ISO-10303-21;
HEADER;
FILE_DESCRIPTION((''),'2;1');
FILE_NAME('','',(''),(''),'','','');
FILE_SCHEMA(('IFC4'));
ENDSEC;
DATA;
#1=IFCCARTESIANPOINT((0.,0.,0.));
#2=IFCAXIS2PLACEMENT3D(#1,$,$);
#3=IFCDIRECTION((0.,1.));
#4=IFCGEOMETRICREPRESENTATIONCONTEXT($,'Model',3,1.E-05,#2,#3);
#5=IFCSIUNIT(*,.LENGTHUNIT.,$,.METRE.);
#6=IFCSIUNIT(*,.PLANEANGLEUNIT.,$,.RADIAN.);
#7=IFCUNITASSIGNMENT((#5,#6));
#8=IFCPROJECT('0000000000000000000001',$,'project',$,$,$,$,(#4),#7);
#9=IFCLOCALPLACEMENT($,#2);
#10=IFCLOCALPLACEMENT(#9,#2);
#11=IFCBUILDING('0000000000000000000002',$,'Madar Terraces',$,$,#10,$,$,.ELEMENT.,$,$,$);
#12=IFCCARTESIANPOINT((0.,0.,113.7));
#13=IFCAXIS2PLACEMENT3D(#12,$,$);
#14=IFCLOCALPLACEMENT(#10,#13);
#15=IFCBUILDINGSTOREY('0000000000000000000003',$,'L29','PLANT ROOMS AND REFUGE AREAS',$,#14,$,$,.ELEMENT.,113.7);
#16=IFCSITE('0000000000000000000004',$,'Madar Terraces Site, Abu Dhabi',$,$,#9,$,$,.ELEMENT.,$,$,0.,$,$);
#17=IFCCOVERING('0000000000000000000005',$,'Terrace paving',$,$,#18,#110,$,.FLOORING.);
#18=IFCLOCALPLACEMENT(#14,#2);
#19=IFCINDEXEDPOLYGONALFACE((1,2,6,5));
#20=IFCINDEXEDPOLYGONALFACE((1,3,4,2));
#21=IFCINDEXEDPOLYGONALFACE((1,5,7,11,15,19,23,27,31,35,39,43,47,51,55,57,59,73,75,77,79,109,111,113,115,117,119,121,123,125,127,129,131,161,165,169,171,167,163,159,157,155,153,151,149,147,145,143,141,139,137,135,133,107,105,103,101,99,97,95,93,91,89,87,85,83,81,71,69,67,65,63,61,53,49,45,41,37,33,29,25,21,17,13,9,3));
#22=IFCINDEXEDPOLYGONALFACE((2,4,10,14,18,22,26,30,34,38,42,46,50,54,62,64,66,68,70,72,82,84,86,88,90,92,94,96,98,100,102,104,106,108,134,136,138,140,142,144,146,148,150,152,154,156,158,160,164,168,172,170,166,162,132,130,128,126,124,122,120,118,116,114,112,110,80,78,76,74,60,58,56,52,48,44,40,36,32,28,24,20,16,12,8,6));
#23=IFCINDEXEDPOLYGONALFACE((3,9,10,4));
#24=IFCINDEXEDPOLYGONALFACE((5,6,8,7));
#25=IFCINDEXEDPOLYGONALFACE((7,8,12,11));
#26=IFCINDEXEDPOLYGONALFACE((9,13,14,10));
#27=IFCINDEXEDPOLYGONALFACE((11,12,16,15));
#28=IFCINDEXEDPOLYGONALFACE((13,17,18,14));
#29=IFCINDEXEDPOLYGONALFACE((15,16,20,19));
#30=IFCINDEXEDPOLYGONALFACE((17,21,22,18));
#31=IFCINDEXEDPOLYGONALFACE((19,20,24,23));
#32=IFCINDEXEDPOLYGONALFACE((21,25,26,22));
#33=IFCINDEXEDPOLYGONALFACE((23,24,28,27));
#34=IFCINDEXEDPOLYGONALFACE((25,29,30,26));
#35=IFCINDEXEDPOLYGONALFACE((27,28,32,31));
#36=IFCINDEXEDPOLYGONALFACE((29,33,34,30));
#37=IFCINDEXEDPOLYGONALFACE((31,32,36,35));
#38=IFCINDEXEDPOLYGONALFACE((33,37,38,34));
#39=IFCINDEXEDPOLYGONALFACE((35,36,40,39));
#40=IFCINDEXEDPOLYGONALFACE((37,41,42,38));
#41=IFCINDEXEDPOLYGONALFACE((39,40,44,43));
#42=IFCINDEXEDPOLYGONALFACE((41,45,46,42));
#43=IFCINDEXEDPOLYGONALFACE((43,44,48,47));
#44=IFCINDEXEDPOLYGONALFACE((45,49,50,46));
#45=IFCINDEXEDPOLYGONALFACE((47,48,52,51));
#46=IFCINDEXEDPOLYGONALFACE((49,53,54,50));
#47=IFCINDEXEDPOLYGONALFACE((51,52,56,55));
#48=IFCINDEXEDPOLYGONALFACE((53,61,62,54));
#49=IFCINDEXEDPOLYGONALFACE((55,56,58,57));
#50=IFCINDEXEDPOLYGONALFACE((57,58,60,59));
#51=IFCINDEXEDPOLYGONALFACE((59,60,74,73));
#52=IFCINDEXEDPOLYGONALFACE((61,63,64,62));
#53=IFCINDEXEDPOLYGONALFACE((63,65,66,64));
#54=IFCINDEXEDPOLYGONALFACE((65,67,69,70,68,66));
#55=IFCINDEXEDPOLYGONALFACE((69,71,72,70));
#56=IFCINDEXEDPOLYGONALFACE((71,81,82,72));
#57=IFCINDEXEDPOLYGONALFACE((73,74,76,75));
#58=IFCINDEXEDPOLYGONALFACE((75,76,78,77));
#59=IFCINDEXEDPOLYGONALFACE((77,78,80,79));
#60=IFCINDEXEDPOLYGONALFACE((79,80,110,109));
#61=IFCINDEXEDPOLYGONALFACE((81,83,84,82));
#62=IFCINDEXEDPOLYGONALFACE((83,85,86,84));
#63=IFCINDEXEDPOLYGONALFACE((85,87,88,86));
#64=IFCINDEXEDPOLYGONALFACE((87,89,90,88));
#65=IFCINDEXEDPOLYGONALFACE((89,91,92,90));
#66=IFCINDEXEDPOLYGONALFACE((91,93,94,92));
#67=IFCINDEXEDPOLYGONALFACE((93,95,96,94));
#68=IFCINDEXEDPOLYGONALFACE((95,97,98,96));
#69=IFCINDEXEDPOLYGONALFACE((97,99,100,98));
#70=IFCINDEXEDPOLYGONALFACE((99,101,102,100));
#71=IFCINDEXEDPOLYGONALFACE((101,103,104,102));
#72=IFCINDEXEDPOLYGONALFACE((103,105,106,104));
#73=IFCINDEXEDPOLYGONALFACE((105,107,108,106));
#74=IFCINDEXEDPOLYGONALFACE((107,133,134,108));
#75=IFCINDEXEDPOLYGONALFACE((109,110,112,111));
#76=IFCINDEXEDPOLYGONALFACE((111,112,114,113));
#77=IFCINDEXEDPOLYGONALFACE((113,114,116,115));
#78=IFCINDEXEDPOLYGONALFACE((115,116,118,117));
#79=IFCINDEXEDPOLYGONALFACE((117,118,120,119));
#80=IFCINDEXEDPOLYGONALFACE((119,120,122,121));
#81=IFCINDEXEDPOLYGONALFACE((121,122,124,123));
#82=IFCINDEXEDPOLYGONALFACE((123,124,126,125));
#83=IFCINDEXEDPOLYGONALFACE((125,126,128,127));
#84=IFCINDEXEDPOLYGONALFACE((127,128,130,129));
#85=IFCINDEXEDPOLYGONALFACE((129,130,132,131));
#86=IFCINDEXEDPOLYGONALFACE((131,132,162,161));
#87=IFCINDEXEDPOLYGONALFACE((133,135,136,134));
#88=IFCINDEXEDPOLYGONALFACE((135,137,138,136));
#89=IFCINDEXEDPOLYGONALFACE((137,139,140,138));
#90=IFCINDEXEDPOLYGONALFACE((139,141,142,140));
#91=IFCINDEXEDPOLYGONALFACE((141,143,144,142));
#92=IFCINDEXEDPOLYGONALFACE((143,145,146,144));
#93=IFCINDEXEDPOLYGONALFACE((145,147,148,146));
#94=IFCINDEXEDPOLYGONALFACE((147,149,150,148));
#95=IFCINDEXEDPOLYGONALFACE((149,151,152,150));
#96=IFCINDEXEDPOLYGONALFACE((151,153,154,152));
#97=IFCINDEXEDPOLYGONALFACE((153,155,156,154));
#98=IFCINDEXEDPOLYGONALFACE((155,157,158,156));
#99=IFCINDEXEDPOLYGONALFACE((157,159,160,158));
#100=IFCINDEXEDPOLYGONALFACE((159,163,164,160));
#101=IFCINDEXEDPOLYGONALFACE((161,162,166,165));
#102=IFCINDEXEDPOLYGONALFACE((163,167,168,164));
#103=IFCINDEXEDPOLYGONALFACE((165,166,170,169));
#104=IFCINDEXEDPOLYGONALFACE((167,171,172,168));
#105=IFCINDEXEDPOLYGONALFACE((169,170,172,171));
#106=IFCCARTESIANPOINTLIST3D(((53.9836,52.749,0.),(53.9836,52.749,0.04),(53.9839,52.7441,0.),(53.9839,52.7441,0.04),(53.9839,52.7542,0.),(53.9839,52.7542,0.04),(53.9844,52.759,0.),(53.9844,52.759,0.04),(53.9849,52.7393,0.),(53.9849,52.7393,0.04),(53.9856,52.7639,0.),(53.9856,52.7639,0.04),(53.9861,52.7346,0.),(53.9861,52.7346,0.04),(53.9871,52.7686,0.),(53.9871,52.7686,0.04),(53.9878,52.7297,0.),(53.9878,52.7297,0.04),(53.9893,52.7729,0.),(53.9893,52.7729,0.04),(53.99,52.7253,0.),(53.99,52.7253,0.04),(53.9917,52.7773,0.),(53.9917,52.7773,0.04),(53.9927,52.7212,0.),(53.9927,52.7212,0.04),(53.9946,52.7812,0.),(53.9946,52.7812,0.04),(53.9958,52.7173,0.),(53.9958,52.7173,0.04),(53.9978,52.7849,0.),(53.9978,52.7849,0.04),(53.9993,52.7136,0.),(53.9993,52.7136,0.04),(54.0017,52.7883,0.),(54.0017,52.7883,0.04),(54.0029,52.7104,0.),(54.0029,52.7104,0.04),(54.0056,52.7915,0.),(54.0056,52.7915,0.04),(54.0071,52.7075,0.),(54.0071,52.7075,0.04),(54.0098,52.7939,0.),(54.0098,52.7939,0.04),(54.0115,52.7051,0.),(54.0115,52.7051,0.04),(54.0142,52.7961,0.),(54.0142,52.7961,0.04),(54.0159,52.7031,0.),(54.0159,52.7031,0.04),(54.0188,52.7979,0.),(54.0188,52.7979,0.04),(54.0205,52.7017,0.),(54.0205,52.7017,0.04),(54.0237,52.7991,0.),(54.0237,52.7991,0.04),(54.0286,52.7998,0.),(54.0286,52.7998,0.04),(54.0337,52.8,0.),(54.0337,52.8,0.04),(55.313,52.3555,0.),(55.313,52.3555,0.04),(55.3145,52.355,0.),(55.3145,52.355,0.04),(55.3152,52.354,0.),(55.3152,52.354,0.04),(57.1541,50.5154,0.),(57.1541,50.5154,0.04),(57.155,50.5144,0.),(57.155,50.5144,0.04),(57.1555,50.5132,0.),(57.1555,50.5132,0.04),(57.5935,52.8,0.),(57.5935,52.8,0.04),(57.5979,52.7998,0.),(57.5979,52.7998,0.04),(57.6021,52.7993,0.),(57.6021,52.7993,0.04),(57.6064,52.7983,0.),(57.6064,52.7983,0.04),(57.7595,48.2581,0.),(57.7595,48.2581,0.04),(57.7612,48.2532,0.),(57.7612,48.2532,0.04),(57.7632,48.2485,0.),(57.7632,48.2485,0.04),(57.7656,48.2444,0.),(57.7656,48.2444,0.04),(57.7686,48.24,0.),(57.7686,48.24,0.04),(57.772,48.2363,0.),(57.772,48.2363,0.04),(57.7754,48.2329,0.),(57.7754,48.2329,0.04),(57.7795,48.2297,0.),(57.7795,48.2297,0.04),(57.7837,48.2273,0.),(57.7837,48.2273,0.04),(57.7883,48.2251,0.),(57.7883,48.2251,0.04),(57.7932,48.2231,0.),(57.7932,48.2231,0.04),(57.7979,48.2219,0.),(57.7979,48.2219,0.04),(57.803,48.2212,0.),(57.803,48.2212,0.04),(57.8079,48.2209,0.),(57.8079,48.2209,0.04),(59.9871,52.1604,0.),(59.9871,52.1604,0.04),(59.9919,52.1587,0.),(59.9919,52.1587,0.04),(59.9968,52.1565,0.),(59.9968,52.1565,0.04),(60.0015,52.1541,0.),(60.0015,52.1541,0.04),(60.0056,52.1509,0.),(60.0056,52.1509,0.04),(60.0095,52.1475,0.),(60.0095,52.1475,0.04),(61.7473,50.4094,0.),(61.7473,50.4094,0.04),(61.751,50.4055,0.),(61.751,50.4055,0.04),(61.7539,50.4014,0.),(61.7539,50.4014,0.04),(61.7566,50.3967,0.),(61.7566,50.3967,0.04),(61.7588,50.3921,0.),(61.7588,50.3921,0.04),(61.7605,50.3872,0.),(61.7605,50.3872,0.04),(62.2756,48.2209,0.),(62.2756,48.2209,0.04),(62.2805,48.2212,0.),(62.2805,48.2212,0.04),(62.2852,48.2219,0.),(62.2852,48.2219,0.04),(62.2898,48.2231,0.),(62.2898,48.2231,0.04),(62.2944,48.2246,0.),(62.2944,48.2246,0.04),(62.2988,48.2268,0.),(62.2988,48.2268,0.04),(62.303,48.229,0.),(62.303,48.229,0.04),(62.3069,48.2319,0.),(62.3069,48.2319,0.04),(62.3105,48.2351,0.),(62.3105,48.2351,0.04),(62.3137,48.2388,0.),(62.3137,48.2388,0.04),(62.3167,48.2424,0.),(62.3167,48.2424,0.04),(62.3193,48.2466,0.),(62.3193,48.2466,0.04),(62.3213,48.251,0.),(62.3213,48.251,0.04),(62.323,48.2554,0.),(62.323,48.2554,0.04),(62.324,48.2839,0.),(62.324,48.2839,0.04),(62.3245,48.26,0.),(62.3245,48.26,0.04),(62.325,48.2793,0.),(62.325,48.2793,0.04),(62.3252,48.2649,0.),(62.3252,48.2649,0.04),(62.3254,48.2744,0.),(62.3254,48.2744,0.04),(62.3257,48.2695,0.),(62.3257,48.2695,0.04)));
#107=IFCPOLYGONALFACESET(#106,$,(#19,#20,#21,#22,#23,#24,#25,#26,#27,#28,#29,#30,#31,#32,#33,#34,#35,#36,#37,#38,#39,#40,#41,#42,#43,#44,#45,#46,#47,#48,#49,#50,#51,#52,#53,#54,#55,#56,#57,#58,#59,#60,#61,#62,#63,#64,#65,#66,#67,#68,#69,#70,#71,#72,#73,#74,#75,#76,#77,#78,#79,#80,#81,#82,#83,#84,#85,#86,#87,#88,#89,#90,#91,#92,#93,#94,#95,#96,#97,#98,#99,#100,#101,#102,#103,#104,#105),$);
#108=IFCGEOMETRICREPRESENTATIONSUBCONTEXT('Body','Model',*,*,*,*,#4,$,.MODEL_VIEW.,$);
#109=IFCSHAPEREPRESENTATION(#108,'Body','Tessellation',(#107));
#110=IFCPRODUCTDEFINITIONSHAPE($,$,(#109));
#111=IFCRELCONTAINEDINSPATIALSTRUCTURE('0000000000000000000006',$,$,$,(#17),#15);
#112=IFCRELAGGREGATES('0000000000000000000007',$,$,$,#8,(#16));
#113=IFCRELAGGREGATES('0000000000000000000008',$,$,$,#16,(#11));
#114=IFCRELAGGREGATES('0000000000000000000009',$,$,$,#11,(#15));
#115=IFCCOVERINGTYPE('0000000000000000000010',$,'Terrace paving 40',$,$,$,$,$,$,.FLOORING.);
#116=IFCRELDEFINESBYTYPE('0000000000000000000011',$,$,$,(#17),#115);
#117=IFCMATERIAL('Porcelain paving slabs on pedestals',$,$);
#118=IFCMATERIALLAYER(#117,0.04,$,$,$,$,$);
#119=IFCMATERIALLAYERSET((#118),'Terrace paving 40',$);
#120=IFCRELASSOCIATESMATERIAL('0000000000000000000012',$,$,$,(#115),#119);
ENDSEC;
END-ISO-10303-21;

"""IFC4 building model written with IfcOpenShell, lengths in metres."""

from ifc_helpers import new_model, si_unit, direction, frame, origin, place, context, subcontext, project, spatial, polyline, outline, extrude, material, layer, layer_set, type_object, element, save


model = new_model("IFC4")

# Units and contexts
model_context = context("Model", 3, precision=1e-05, world=origin(), true_north=direction((0.0, 1.0)))
body_context = subcontext(model_context, "Body", "Model", "MODEL_VIEW")
ifc_project = project(units=[si_unit("LENGTHUNIT", "METRE"), si_unit("PLANEANGLEUNIT", "RADIAN")], contexts=[model_context])

# Site, building, storey
site_placement = place(None, origin())
site = spatial("IfcSite", under=ifc_project, at=site_placement, Name="Madar Terraces Site, Abu Dhabi", CompositionType="ELEMENT", RefElevation=0.0)
building_placement = place(site_placement, origin())
building = spatial("IfcBuilding", under=site, at=building_placement, Name="Madar Terraces", CompositionType="ELEMENT")
storey_placement = place(building_placement, frame((0.0, 0.0, 113.7)))
storey = spatial("IfcBuildingStorey", under=building, at=storey_placement, Name="L29", Description="PLANT ROOMS AND REFUGE AREAS", CompositionType="ELEMENT", Elevation=113.7)

# Covering
ifc_material_1 = material(Name="Porcelain paving slabs on pedestals")
ifc_layer_1 = layer(ifc_material_1, 0.04)
ifc_layer_set_1 = layer_set([ifc_layer_1], Name="Terrace paving 40")
covering_type = type_object("IfcCoveringType", Name="Terrace paving 40", PredefinedType="FLOORING", material=ifc_layer_set_1)
covering_1_placement = place(storey_placement, origin())
element("IfcCovering", 1, at=covering_1_placement, inside=storey, type_object=covering_type, Name="Terrace paving", PredefinedType="FLOORING", context=body_context, shape_type="SweptSolid", body=[
    extrude(outline(polyline([(54.0159, 52.7031), (54.0115, 52.7051), (54.0071, 52.7075), (54.0029, 52.7104), (53.9993, 52.7136), (53.9958, 52.7173), (53.9927, 52.7212), (53.99, 52.7253), (53.9878, 52.7297), (53.9861, 52.7346), (53.9849, 52.7393), (53.9839, 52.7441), (53.9836, 52.749), (53.9839, 52.7542), (53.9844, 52.759), (53.9856, 52.7639), (53.9871, 52.7686), (53.9893, 52.7729), (53.9917, 52.7773), (53.9946, 52.7812), (53.9978, 52.7849), (54.0017, 52.7883), (54.0056, 52.7915), (54.0098, 52.7939), (54.0142, 52.7961), (54.0188, 52.7979), (54.0237, 52.7991), (54.0286, 52.7998), (54.0337, 52.8), (57.5935, 52.8), (57.5979, 52.7998), (57.6021, 52.7993), (57.6064, 52.7983), (59.9871, 52.1604), (59.9919, 52.1587), (59.9968, 52.1565), (60.0015, 52.1541), (60.0056, 52.1509), (60.0095, 52.1475), (61.7473, 50.4094), (61.751, 50.4055), (61.7539, 50.4014), (61.7566, 50.3967), (61.7588, 50.3921), (61.7605, 50.3872), (62.324, 48.2839), (62.325, 48.2793), (62.3254, 48.2744), (62.3257, 48.2695), (62.3252, 48.2649), (62.3245, 48.26), (62.323, 48.2554), (62.3213, 48.251), (62.3193, 48.2466), (62.3167, 48.2424), (62.3137, 48.2388), (62.3105, 48.2351), (62.3069, 48.2319), (62.303, 48.229), (62.2988, 48.2268), (62.2944, 48.2246), (62.2898, 48.2231), (62.2852, 48.2219), (62.2805, 48.2212), (62.2756, 48.2209), (57.8079, 48.2209), (57.803, 48.2212), (57.7979, 48.2219), (57.7932, 48.2231), (57.7883, 48.2251), (57.7837, 48.2273), (57.7795, 48.2297), (57.7754, 48.2329), (57.772, 48.2363), (57.7686, 48.24), (57.7656, 48.2444), (57.7632, 48.2485), (57.7612, 48.2532), (57.7595, 48.2581), (57.1555, 50.5132), (57.155, 50.5144), (57.1541, 50.5154), (55.3152, 52.354), (55.3145, 52.355), (55.313, 52.3555), (54.0205, 52.7017), (54.0159, 52.7031)])), origin(), (0.0, 0.0, 1.0), 0.04),
])

save(model, "model.ifc")
